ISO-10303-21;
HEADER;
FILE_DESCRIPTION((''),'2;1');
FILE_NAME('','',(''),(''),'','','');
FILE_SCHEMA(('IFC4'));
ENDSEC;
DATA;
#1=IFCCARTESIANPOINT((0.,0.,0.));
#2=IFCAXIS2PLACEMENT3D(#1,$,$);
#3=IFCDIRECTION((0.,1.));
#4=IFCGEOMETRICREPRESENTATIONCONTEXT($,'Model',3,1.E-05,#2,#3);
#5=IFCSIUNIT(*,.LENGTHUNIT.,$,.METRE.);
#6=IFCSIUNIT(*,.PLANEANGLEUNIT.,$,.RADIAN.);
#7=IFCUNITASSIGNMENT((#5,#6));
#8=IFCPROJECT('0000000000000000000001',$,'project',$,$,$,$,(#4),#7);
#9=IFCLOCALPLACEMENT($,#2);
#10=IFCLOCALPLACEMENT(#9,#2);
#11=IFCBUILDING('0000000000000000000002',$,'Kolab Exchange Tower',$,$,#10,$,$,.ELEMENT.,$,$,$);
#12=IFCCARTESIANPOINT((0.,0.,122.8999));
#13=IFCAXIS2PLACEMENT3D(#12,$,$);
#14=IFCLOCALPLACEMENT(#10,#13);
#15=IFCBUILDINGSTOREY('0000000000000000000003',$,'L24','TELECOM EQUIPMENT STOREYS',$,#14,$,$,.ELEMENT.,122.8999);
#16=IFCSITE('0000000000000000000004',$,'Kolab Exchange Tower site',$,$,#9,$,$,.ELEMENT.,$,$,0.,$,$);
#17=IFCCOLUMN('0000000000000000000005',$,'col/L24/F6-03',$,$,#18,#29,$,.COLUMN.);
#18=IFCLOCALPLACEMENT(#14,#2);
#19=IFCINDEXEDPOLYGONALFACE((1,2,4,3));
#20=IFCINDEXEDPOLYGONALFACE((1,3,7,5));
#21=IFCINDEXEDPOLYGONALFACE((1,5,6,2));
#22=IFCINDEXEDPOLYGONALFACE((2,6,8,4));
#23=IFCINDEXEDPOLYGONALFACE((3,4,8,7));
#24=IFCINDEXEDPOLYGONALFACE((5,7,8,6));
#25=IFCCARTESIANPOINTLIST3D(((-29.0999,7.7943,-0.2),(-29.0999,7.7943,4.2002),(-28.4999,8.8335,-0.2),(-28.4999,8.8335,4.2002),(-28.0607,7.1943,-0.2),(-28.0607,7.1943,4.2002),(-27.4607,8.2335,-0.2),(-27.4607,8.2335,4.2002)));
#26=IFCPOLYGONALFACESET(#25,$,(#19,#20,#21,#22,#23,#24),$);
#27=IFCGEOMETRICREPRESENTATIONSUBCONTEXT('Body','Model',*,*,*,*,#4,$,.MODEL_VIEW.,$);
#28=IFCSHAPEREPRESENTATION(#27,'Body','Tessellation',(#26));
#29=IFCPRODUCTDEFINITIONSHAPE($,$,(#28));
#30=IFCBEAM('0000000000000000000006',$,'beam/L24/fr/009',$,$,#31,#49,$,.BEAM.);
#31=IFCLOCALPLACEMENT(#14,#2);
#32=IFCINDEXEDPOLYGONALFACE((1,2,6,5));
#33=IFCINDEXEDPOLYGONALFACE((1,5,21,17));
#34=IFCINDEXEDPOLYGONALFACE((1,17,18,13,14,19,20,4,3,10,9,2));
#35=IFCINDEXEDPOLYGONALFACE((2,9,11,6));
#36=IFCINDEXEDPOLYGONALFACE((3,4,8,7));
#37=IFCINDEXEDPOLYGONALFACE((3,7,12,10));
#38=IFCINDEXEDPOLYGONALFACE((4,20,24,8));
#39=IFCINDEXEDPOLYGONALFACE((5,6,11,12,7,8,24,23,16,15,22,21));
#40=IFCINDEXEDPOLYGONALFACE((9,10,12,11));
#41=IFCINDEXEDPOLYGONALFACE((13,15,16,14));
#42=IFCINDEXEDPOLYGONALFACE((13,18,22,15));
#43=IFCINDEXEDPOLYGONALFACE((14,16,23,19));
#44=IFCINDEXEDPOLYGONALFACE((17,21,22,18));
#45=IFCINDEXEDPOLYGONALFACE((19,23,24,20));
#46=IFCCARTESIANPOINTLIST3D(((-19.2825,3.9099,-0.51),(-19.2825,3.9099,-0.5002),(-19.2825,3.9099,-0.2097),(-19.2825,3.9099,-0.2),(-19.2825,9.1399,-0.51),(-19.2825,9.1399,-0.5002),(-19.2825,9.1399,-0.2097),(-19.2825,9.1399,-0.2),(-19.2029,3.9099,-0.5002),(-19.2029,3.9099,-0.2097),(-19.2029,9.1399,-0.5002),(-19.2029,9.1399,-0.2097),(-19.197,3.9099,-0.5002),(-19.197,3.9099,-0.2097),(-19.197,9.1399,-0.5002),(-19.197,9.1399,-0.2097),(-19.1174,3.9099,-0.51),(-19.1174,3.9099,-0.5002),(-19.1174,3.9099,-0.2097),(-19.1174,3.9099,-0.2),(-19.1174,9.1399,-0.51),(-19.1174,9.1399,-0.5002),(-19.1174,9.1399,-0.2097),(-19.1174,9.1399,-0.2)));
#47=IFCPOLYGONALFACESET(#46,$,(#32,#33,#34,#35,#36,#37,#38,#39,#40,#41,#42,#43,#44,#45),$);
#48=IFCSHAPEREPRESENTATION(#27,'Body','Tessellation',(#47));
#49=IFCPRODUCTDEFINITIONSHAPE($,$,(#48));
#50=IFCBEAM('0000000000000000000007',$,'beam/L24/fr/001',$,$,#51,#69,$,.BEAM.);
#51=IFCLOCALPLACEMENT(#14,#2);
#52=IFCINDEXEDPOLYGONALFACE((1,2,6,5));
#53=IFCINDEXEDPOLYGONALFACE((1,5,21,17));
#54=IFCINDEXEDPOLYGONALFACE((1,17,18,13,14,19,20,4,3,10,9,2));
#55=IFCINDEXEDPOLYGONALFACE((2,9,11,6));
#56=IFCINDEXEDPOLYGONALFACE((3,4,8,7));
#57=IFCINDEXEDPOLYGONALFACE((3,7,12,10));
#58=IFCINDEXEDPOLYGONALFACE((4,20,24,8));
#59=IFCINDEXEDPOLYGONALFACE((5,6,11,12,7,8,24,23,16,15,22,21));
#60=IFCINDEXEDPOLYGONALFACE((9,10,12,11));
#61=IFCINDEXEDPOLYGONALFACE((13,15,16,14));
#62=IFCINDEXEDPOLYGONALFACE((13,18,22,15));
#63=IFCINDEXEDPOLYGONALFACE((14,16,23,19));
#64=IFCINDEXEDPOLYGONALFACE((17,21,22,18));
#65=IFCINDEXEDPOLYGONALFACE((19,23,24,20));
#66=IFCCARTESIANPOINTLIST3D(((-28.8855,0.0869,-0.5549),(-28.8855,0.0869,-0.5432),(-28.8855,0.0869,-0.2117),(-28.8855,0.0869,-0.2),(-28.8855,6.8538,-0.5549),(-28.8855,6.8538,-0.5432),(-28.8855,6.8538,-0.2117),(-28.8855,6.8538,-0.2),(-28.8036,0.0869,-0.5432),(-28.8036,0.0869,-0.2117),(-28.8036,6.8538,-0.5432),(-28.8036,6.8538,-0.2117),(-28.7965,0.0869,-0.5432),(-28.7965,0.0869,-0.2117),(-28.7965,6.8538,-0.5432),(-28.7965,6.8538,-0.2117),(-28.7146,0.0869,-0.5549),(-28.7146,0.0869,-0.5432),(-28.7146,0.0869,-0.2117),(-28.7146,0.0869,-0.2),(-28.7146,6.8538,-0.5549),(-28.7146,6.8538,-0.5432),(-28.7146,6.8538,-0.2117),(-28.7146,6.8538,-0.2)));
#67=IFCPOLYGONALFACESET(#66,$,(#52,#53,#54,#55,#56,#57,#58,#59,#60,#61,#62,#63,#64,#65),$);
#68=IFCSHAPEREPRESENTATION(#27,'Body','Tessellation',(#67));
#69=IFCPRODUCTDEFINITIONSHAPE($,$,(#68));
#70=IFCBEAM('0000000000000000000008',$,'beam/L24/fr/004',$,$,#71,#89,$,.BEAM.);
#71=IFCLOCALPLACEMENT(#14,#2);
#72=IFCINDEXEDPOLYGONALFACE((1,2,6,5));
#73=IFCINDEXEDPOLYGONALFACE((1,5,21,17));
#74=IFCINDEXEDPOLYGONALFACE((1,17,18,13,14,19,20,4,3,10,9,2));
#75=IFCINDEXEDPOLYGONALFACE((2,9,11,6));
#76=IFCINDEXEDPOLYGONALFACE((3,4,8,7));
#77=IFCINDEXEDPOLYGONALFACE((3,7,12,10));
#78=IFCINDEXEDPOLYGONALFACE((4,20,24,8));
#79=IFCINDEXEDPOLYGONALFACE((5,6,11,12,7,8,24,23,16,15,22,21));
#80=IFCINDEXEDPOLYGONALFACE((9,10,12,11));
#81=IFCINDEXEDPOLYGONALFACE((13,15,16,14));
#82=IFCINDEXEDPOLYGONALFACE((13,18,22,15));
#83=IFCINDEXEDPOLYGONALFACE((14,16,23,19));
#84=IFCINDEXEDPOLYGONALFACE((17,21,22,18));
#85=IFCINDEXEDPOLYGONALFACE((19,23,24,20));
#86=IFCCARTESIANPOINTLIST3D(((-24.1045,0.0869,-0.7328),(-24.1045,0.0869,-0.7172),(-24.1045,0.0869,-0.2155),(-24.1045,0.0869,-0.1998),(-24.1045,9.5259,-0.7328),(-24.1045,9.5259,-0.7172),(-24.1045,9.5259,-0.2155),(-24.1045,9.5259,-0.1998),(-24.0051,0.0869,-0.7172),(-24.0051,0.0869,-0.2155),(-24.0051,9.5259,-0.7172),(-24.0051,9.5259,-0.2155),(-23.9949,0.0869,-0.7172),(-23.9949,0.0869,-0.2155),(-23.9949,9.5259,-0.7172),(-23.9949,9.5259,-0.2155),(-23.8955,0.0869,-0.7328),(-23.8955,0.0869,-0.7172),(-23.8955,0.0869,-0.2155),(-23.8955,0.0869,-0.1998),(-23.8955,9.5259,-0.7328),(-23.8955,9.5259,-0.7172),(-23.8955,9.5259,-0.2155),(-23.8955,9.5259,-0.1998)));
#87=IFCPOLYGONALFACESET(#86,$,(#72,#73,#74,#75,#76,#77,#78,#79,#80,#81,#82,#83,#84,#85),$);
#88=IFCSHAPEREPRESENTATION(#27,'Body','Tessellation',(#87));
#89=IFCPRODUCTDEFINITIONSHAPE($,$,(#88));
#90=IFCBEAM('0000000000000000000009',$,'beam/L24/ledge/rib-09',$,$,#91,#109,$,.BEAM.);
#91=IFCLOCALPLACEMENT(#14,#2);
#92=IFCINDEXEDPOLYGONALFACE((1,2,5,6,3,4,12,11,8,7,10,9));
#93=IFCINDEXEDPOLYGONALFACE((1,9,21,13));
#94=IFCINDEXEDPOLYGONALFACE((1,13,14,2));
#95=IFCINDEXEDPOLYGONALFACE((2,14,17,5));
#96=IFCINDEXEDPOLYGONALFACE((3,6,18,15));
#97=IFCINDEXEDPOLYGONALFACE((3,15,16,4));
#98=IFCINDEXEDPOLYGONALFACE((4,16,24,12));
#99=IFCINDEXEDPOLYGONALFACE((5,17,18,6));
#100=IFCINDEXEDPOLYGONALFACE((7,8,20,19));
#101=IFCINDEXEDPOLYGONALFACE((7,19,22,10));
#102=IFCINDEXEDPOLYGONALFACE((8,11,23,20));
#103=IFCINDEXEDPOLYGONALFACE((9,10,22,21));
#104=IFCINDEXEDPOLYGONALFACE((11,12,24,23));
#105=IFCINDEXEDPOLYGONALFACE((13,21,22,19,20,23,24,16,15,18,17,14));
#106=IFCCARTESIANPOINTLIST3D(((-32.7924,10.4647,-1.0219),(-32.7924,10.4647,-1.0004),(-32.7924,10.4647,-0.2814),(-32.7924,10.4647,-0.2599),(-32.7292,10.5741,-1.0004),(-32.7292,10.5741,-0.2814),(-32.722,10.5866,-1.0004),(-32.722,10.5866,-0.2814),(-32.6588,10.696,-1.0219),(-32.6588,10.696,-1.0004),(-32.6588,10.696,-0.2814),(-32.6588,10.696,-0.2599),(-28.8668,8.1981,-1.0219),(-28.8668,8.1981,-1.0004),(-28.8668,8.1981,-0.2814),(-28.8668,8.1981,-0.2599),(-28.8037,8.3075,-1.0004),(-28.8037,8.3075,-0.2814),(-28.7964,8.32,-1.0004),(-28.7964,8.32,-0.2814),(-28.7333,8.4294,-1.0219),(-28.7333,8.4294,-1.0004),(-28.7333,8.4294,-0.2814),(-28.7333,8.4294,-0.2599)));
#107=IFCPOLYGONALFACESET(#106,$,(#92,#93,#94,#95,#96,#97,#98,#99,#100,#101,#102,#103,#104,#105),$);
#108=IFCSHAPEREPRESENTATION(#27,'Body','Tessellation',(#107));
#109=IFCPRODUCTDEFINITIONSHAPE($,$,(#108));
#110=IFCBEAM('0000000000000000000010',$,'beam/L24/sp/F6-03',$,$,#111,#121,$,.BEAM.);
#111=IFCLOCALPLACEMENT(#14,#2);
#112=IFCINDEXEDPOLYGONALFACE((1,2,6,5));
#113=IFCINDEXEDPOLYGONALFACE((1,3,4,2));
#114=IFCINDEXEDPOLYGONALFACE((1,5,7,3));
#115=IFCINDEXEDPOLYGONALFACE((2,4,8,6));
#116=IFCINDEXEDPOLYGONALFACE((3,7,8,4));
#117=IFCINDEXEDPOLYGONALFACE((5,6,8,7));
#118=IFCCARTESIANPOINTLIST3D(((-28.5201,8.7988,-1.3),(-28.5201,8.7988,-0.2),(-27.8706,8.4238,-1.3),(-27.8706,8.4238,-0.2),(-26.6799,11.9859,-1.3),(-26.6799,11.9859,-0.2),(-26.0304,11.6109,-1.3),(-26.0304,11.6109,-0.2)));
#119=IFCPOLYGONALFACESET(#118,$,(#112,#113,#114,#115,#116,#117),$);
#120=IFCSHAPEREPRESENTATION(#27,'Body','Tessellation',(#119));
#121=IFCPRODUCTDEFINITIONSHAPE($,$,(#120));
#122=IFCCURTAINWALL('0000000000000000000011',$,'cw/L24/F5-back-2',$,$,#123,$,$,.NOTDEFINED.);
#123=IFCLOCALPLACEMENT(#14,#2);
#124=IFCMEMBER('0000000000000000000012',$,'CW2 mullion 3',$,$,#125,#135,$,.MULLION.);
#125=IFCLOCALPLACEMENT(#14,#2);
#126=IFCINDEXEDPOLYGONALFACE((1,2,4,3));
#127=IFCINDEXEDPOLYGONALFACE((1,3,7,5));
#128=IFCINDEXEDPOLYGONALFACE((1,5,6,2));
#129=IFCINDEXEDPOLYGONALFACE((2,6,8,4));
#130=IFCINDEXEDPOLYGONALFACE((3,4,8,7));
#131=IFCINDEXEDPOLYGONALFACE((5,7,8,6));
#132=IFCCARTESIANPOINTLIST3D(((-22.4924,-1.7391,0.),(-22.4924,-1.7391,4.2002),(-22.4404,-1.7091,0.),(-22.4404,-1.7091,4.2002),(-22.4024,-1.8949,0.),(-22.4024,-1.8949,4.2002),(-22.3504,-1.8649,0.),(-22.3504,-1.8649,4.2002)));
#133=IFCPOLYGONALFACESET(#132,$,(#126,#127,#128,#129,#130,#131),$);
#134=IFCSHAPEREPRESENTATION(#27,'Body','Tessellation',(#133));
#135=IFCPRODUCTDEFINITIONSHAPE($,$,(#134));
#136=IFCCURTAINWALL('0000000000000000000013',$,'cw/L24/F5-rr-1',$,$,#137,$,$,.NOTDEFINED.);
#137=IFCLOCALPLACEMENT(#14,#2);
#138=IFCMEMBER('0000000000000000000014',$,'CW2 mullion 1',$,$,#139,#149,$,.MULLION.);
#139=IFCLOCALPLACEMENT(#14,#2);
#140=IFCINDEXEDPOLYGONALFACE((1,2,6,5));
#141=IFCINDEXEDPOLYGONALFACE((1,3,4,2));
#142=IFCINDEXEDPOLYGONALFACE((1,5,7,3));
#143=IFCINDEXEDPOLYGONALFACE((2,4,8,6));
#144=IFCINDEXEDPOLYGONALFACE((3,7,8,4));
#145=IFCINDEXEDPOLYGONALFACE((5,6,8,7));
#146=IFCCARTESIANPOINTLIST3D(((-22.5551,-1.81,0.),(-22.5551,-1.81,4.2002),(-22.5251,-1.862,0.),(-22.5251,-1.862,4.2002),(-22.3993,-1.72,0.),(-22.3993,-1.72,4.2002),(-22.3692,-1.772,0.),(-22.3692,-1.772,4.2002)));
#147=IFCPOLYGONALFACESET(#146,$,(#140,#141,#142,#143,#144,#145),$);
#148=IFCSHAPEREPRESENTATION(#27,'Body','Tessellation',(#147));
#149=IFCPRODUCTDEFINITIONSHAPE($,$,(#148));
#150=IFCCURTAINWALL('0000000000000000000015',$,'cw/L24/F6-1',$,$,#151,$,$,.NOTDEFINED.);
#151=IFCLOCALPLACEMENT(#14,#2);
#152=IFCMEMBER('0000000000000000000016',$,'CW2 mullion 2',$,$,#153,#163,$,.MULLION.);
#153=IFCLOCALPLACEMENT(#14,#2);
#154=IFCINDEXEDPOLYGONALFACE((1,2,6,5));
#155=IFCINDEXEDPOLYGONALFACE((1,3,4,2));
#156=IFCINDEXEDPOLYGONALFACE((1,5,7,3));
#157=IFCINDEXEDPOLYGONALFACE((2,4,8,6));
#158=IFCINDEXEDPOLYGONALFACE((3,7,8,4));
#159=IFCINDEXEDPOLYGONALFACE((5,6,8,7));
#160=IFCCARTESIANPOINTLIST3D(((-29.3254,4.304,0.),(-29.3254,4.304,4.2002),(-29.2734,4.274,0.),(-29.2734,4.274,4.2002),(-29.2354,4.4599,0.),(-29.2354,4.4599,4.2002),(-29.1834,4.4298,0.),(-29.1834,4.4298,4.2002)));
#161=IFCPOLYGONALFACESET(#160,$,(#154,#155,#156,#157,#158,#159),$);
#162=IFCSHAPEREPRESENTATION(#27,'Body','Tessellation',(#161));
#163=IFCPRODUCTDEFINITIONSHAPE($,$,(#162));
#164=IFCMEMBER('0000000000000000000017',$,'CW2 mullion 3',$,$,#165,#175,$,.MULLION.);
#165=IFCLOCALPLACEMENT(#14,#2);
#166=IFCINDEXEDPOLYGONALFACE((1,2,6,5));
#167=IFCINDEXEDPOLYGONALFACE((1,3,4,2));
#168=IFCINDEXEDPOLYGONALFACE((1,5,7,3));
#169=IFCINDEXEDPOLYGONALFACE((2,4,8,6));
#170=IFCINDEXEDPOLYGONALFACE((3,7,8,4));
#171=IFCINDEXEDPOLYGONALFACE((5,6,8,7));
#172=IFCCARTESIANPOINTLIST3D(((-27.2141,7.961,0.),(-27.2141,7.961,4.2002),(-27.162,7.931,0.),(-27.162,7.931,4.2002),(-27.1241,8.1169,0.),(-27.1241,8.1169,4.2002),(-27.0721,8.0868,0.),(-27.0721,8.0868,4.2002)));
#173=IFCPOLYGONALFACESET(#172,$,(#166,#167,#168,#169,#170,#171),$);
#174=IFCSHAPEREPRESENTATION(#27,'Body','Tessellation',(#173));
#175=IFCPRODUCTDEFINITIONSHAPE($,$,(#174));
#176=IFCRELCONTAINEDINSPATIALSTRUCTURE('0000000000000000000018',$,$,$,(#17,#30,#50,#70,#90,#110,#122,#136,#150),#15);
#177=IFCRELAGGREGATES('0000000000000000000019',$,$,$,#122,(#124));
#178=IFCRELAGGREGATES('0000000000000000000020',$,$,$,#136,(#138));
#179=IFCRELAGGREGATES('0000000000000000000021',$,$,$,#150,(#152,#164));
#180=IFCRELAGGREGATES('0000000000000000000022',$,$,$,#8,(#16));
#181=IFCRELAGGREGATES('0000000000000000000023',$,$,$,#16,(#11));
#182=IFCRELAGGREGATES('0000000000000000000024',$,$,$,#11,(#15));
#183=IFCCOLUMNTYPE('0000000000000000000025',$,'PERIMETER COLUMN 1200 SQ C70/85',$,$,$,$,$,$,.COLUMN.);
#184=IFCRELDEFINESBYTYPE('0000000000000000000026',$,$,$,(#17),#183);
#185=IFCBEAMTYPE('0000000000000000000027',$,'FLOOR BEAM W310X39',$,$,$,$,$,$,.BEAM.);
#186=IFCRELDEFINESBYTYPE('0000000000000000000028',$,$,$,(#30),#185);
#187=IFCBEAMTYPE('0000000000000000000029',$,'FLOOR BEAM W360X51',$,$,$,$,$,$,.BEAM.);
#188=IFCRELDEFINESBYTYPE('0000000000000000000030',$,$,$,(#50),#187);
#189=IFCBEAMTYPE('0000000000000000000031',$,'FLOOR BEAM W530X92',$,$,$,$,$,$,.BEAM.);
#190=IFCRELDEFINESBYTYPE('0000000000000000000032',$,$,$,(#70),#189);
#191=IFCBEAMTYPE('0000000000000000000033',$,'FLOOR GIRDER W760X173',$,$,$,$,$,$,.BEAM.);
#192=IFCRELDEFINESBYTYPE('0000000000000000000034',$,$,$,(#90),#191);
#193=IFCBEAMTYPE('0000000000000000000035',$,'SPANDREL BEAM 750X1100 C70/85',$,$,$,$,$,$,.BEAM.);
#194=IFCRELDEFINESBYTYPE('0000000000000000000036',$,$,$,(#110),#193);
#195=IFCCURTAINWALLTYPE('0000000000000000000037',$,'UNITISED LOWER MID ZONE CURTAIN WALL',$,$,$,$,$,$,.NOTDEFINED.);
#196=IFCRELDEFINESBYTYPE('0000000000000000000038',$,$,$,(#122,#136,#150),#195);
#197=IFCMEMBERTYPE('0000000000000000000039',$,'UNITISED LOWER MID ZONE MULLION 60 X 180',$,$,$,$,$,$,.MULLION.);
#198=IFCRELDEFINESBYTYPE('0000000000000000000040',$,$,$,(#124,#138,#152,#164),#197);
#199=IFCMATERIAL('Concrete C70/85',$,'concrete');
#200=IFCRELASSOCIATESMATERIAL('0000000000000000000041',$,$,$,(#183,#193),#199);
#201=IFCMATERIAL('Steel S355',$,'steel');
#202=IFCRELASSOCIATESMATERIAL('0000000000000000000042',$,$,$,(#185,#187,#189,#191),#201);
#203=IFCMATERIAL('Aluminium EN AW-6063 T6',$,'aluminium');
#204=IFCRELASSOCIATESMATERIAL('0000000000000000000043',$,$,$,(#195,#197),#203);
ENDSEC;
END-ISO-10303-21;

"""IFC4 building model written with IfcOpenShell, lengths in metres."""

from ifc_helpers import new_model, si_unit, direction, frame, origin, origin_2d, place, context, subcontext, project, spatial, rectangle, i_section, extrude, material, material_profile, profile_set, type_object, element, aggregate, save


model = new_model("IFC4")

# Units and contexts
model_context = context("Model", 3, precision=1e-05, world=origin(), true_north=direction((0.0, 1.0)))
body_context = subcontext(model_context, "Body", "Model", "MODEL_VIEW")
ifc_project = project(units=[si_unit("LENGTHUNIT", "METRE"), si_unit("PLANEANGLEUNIT", "RADIAN")], contexts=[model_context])

# Site, building, storey
site_placement = place(None, origin())
site = spatial("IfcSite", under=ifc_project, at=site_placement, Name="Kolab Exchange Tower site", CompositionType="ELEMENT", RefElevation=0.0)
building_placement = place(site_placement, origin())
building = spatial("IfcBuilding", under=site, at=building_placement, Name="Kolab Exchange Tower", CompositionType="ELEMENT")
storey_placement = place(building_placement, frame((0.0, 0.0, 122.8999)))
storey = spatial("IfcBuildingStorey", under=building, at=storey_placement, Name="L24", Description="TELECOM EQUIPMENT STOREYS", CompositionType="ELEMENT", Elevation=122.8999)

# Column
ifc_material_1 = material(Name="Concrete C70/85", Category="concrete")
ifc_material_profile_1 = material_profile(ifc_material_1, rectangle(XDim=1.2, YDim=1.2, at=origin_2d()), Name="RC1200")
ifc_profile_set_1 = profile_set([ifc_material_profile_1], Name="Concrete C70/85")
column_type = type_object("IfcColumnType", Name="PERIMETER COLUMN 1200 SQ C70/85", PredefinedType="COLUMN", material=ifc_profile_set_1)
column_placement = place(storey_placement, frame((-28.2803, 8.0139, -0.2), z_axis=(0.0, 0.0, 1.0), x_axis=(0.5, 0.866025, 0.0)))
element("IfcColumn", 1, at=column_placement, inside=storey, type_object=column_type, Name="col/L24/F6-03", PredefinedType="COLUMN", context=body_context, shape_type="SweptSolid", body=[
    extrude(rectangle(XDim=1.2, YDim=1.2, at=origin_2d()), origin(), (0.0, 0.0, 1.0), 4.4001),
])

# Beams
ifc_material_2 = material(Name="Steel S355", Category="steel")
ifc_material_profile_2 = material_profile(ifc_material_2, i_section(OverallWidth=0.165, OverallDepth=0.3101, WebThickness=0.0059, FlangeThickness=0.0098, at=origin_2d()), Name="W310X39")
ifc_profile_set_2 = profile_set([ifc_material_profile_2], Name="Steel S355")
beam_type_1 = type_object("IfcBeamType", Name="FLOOR BEAM W310X39", PredefinedType="BEAM", material=ifc_profile_set_2)
beam_1_placement = place(storey_placement, frame((-19.2, 3.9099, -0.355), z_axis=(0.0, 1.0, 0.0), x_axis=(-1.0, 0.0, 0.0)))
element("IfcBeam", 2, at=beam_1_placement, inside=storey, type_object=beam_type_1, Name="beam/L24/fr/009", PredefinedType="BEAM", context=body_context, shape_type="SweptSolid", body=[
    extrude(i_section(OverallWidth=0.165, OverallDepth=0.3101, WebThickness=0.0059, FlangeThickness=0.0098, at=origin_2d()), origin(), (0.0, 0.0, 1.0), 5.23),
])
ifc_material_profile_3 = material_profile(ifc_material_2, i_section(OverallWidth=0.1709, OverallDepth=0.355, WebThickness=0.0071, FlangeThickness=0.0117, at=origin_2d()), Name="W360X51")
ifc_profile_set_3 = profile_set([ifc_material_profile_3], Name="Steel S355")
beam_type_2 = type_object("IfcBeamType", Name="FLOOR BEAM W360X51", PredefinedType="BEAM", material=ifc_profile_set_3)
beam_2_placement = place(storey_placement, frame((-28.8, 0.0869, -0.3774), z_axis=(0.0, 1.0, 0.0), x_axis=(-1.0, 0.0, 0.0)))
element("IfcBeam", 3, at=beam_2_placement, inside=storey, type_object=beam_type_2, Name="beam/L24/fr/001", PredefinedType="BEAM", context=body_context, shape_type="SweptSolid", body=[
    extrude(i_section(OverallWidth=0.1709, OverallDepth=0.355, WebThickness=0.0071, FlangeThickness=0.0117, at=origin_2d()), origin(), (0.0, 0.0, 1.0), 6.7668),
])
ifc_material_profile_4 = material_profile(ifc_material_2, i_section(OverallWidth=0.209, OverallDepth=0.533, WebThickness=0.0103, FlangeThickness=0.0156, at=origin_2d()), Name="W530X92")
ifc_profile_set_4 = profile_set([ifc_material_profile_4], Name="Steel S355")
beam_type_3 = type_object("IfcBeamType", Name="FLOOR BEAM W530X92", PredefinedType="BEAM", material=ifc_profile_set_4)
beam_3_placement = place(storey_placement, frame((-24.0, 0.0869, -0.4663), z_axis=(0.0, 1.0, 0.0), x_axis=(-1.0, 0.0, 0.0)))
element("IfcBeam", 4, at=beam_3_placement, inside=storey, type_object=beam_type_3, Name="beam/L24/fr/004", PredefinedType="BEAM", context=body_context, shape_type="SweptSolid", body=[
    extrude(i_section(OverallWidth=0.209, OverallDepth=0.533, WebThickness=0.0103, FlangeThickness=0.0156, at=origin_2d()), origin(), (0.0, 0.0, 1.0), 9.439),
])
ifc_material_profile_5 = material_profile(ifc_material_2, i_section(OverallWidth=0.2671, OverallDepth=0.762, WebThickness=0.0144, FlangeThickness=0.0215, at=origin_2d()), Name="W760X173")
ifc_profile_set_5 = profile_set([ifc_material_profile_5], Name="Steel S355")
beam_type_4 = type_object("IfcBeamType", Name="FLOOR GIRDER W760X173", PredefinedType="BEAM", material=ifc_profile_set_5)
beam_4_placement = place(storey_placement, frame((-28.8, 8.3137, -0.6409), z_axis=(-0.866007, 0.500032, 0.0), x_axis=(-0.500032, -0.866007, 0.0)))
element("IfcBeam", 5, at=beam_4_placement, inside=storey, type_object=beam_type_4, Name="beam/L24/ledge/rib-09", PredefinedType="BEAM", context=body_context, shape_type="SweptSolid", body=[
    extrude(i_section(OverallWidth=0.2671, OverallDepth=0.762, WebThickness=0.0144, FlangeThickness=0.0215, at=origin_2d()), origin(), (0.0, 0.0, 1.0), 4.533),
])
ifc_material_profile_6 = material_profile(ifc_material_1, rectangle(XDim=0.75, YDim=1.1001, at=origin_2d()), Name="RC750X1100")
ifc_profile_set_6 = profile_set([ifc_material_profile_6], Name="Concrete C70/85")
beam_type_5 = type_object("IfcBeamType", Name="SPANDREL BEAM 750X1100 C70/85", PredefinedType="BEAM", material=ifc_profile_set_6)
beam_5_placement = place(storey_placement, frame((-28.1953, 8.6113, -0.75), z_axis=(0.500013, 0.866018, 0.0), x_axis=(-0.866018, 0.500013, 0.0)))
element("IfcBeam", 6, at=beam_5_placement, inside=storey, type_object=beam_type_5, Name="beam/L24/sp/F6-03", PredefinedType="BEAM", context=body_context, shape_type="SweptSolid", body=[
    extrude(rectangle(XDim=0.75, YDim=1.1001, at=origin_2d()), origin(), (0.0, 0.0, 1.0), 3.6802),
])

# Curtain walls, members
ifc_material_3 = material(Name="Aluminium EN AW-6063 T6", Category="aluminium")
curtain_wall_type = type_object("IfcCurtainWallType", Name="UNITISED LOWER MID ZONE CURTAIN WALL", PredefinedType="NOTDEFINED", material=ifc_material_3)
curtain_wall_1_placement = place(storey_placement, origin())
curtain_wall_1 = element("IfcCurtainWall", 7, at=curtain_wall_1_placement, inside=storey, type_object=curtain_wall_type, Name="cw/L24/F5-back-2", PredefinedType="NOTDEFINED")
ifc_material_profile_7 = material_profile(ifc_material_3, rectangle(XDim=0.0601, YDim=0.1799, at=origin_2d()), Name="RECT 60X180")
ifc_profile_set_7 = profile_set([ifc_material_profile_7], Name="Aluminium EN AW-6063 T6")
member_type_1 = type_object("IfcMemberType", Name="UNITISED LOWER MID ZONE MULLION 60 X 180", PredefinedType="MULLION", material=ifc_profile_set_7)
member_1_placement = place(storey_placement, frame((-22.4214, -1.802, 0.0), z_axis=(0.0, 0.0, 1.0), x_axis=(-0.866025, -0.5, 0.0)))
member_1 = element("IfcMember", 8, at=member_1_placement, type_object=member_type_1, Name="CW2 mullion 3", PredefinedType="MULLION", context=body_context, shape_type="SweptSolid", body=[
    extrude(rectangle(XDim=0.0601, YDim=0.1799, at=origin_2d()), origin(), (0.0, 0.0, 1.0), 4.2002),
])
aggregate(curtain_wall_1, [member_1])
curtain_wall_2_placement = place(storey_placement, origin())
curtain_wall_2 = element("IfcCurtainWall", 9, at=curtain_wall_2_placement, inside=storey, type_object=curtain_wall_type, Name="cw/L24/F5-rr-1", PredefinedType="NOTDEFINED")
member_2_placement = place(storey_placement, frame((-22.4622, -1.791, 0.0), z_axis=(0.0, 0.0, 1.0), x_axis=(0.5, -0.866025, 0.0)))
member_2 = element("IfcMember", 10, at=member_2_placement, type_object=member_type_1, Name="CW2 mullion 1", PredefinedType="MULLION", context=body_context, shape_type="SweptSolid", body=[
    extrude(rectangle(XDim=0.0601, YDim=0.1799, at=origin_2d()), origin(), (0.0, 0.0, 1.0), 4.2002),
])
aggregate(curtain_wall_2, [member_2])

# Curtain wall, members
curtain_wall_3_placement = place(storey_placement, origin())
curtain_wall_3 = element("IfcCurtainWall", 11, at=curtain_wall_3_placement, inside=storey, type_object=curtain_wall_type, Name="cw/L24/F6-1", PredefinedType="NOTDEFINED")
member_3_placement = place(storey_placement, frame((-29.2544, 4.3669, 0.0), z_axis=(0.0, 0.0, 1.0), x_axis=(-0.866025, 0.5, 0.0)))
member_3 = element("IfcMember", 12, at=member_3_placement, type_object=member_type_1, Name="CW2 mullion 2", PredefinedType="MULLION", context=body_context, shape_type="SweptSolid", body=[
    extrude(rectangle(XDim=0.0601, YDim=0.1799, at=origin_2d()), origin(), (0.0, 0.0, 1.0), 4.2002),
])
member_4_placement = place(storey_placement, frame((-27.1431, 8.0239, 0.0), z_axis=(0.0, 0.0, 1.0), x_axis=(-0.866025, 0.5, 0.0)))
member_4 = element("IfcMember", 13, at=member_4_placement, type_object=member_type_1, Name="CW2 mullion 3", PredefinedType="MULLION", context=body_context, shape_type="SweptSolid", body=[
    extrude(rectangle(XDim=0.0601, YDim=0.1799, at=origin_2d()), origin(), (0.0, 0.0, 1.0), 4.2002),
])
aggregate(curtain_wall_3, [member_3, member_4])

save(model, "model.ifc")
